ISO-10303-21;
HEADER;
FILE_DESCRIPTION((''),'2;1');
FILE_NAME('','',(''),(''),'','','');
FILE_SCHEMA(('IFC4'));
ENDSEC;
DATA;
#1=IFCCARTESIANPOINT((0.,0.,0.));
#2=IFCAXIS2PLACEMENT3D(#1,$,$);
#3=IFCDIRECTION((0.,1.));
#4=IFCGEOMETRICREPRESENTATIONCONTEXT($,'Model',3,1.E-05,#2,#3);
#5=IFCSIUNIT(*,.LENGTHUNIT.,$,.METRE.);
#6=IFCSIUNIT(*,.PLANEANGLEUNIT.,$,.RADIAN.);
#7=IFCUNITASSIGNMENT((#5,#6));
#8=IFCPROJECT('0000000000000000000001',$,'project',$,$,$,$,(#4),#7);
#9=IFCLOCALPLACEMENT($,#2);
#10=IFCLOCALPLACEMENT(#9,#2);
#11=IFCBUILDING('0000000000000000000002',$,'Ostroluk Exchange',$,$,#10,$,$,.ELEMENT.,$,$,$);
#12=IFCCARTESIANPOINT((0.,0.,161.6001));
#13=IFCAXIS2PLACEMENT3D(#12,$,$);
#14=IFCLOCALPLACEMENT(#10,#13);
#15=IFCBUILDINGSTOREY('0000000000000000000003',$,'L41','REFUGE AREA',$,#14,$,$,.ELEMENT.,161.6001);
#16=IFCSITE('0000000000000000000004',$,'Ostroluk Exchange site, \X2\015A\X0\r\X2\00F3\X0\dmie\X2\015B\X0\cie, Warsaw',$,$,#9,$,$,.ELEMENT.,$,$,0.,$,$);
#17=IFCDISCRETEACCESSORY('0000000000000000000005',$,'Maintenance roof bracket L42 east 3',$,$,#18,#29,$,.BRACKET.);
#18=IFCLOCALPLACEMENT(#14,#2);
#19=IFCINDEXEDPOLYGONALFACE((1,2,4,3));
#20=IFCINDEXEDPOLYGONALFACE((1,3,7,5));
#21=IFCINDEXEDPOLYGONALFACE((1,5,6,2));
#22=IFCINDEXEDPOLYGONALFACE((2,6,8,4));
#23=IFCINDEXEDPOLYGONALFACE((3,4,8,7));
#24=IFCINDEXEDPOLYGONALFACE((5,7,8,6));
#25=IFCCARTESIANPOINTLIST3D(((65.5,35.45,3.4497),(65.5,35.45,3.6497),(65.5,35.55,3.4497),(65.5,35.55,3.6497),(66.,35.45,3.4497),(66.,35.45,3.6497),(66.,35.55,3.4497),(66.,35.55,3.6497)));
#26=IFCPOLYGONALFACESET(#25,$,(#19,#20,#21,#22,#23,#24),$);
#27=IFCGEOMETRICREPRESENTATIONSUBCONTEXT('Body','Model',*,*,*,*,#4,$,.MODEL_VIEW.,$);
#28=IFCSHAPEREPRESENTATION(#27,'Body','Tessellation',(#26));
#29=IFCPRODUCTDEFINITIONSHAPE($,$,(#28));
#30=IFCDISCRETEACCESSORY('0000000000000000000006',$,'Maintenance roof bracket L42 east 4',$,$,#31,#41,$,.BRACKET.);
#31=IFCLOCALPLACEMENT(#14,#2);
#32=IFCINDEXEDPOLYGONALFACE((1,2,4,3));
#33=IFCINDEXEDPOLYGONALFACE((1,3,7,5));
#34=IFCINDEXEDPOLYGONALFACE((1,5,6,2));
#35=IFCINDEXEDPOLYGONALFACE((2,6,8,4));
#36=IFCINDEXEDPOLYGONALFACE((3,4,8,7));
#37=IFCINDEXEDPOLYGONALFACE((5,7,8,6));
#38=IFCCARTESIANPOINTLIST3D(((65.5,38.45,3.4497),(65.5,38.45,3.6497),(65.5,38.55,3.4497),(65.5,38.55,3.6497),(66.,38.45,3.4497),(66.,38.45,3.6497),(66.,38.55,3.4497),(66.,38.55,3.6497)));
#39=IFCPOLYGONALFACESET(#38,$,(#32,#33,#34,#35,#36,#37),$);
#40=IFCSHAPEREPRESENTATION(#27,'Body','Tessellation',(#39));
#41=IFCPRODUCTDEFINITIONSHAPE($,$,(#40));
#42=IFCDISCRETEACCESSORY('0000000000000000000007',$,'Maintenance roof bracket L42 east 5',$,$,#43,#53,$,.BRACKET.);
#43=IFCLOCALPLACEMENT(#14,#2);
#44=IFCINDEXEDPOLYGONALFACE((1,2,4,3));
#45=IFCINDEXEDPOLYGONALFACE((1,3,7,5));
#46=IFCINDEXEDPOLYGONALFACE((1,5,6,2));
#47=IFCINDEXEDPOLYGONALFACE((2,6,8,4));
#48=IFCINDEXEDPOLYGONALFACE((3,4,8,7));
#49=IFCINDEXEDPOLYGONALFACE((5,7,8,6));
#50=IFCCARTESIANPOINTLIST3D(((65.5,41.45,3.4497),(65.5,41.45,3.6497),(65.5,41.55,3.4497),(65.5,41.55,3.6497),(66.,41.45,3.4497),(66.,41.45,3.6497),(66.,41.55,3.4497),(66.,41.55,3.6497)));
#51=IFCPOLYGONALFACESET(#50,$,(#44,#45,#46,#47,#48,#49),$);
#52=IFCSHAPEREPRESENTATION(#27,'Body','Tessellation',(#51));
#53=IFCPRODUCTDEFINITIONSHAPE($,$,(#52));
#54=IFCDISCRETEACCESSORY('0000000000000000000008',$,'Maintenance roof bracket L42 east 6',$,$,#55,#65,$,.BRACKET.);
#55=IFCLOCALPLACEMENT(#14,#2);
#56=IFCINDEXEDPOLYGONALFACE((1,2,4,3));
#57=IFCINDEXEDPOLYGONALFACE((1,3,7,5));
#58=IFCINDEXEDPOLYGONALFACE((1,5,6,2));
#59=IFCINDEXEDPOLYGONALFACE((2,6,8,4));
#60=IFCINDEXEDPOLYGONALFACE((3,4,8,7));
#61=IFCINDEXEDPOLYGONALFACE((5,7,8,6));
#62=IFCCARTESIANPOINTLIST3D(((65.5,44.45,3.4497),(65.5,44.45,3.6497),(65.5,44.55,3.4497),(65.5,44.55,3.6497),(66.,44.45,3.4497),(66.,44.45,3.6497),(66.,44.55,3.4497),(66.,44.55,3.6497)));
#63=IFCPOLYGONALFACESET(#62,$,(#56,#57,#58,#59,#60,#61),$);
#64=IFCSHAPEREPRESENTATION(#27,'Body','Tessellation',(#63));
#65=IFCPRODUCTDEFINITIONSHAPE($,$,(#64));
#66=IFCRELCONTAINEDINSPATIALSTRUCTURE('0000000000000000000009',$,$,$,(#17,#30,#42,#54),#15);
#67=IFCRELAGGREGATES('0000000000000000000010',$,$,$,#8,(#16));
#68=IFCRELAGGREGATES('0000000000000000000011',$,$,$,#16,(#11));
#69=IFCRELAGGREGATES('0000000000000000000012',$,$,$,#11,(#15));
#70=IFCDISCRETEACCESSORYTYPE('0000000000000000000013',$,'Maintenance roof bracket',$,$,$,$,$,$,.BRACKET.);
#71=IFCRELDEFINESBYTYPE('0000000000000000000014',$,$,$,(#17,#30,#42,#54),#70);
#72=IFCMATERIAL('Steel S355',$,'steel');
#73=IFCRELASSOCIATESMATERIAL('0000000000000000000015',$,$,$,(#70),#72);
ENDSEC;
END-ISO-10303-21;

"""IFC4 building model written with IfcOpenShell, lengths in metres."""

from ifc_helpers import new_model, si_unit, direction, frame, origin, origin_2d, place, context, subcontext, project, spatial, rectangle, extrude, material, type_object, element, save


model = new_model("IFC4")

# Units and contexts
model_context = context("Model", 3, precision=1e-05, world=origin(), true_north=direction((0.0, 1.0)))
body_context = subcontext(model_context, "Body", "Model", "MODEL_VIEW")
ifc_project = project(units=[si_unit("LENGTHUNIT", "METRE"), si_unit("PLANEANGLEUNIT", "RADIAN")], contexts=[model_context])

# Site, building, storey
site_placement = place(None, origin())
site = spatial("IfcSite", under=ifc_project, at=site_placement, Name="Ostroluk Exchange site, Śródmieście, Warsaw", CompositionType="ELEMENT", RefElevation=0.0)
building_placement = place(site_placement, origin())
building = spatial("IfcBuilding", under=site, at=building_placement, Name="Ostroluk Exchange", CompositionType="ELEMENT")
storey_placement = place(building_placement, frame((0.0, 0.0, 161.6001)))
storey = spatial("IfcBuildingStorey", under=building, at=storey_placement, Name="L41", Description="REFUGE AREA", CompositionType="ELEMENT", Elevation=161.6001)

# Discrete accessories
ifc_material_1 = material(Name="Steel S355", Category="steel")
discrete_accessory_type = type_object("IfcDiscreteAccessoryType", Name="Maintenance roof bracket", PredefinedType="BRACKET", material=ifc_material_1)
for number, where, z_axis, x_axis, name in (
    (1, (65.75, 35.5, 3.4497), (0.0, 0.0, 1.0), (1.0, 0.0, 0.0), "Maintenance roof bracket L42 east 3"),
    (2, (65.75, 38.5, 3.4497), (0.0, 0.0, 1.0), (1.0, 0.0, 0.0), "Maintenance roof bracket L42 east 4"),
    (3, (65.75, 41.5, 3.4497), (0.0, 0.0, 1.0), (1.0, 0.0, 0.0), "Maintenance roof bracket L42 east 5"),
    (4, (65.75, 44.5, 3.4497), (0.0, 0.0, 1.0), (1.0, 0.0, 0.0), "Maintenance roof bracket L42 east 6"),
):
    element("IfcDiscreteAccessory", number, at=place(storey_placement, frame(where, z_axis=z_axis, x_axis=x_axis)), inside=storey, type_object=discrete_accessory_type, Name=name, PredefinedType="BRACKET", context=body_context, shape_type="SweptSolid", body=[
        extrude(rectangle(XDim=0.5, YDim=0.1001, at=origin_2d()), origin(), (0.0, 0.0, 1.0), 0.2),
    ])

save(model, "model.ifc")
